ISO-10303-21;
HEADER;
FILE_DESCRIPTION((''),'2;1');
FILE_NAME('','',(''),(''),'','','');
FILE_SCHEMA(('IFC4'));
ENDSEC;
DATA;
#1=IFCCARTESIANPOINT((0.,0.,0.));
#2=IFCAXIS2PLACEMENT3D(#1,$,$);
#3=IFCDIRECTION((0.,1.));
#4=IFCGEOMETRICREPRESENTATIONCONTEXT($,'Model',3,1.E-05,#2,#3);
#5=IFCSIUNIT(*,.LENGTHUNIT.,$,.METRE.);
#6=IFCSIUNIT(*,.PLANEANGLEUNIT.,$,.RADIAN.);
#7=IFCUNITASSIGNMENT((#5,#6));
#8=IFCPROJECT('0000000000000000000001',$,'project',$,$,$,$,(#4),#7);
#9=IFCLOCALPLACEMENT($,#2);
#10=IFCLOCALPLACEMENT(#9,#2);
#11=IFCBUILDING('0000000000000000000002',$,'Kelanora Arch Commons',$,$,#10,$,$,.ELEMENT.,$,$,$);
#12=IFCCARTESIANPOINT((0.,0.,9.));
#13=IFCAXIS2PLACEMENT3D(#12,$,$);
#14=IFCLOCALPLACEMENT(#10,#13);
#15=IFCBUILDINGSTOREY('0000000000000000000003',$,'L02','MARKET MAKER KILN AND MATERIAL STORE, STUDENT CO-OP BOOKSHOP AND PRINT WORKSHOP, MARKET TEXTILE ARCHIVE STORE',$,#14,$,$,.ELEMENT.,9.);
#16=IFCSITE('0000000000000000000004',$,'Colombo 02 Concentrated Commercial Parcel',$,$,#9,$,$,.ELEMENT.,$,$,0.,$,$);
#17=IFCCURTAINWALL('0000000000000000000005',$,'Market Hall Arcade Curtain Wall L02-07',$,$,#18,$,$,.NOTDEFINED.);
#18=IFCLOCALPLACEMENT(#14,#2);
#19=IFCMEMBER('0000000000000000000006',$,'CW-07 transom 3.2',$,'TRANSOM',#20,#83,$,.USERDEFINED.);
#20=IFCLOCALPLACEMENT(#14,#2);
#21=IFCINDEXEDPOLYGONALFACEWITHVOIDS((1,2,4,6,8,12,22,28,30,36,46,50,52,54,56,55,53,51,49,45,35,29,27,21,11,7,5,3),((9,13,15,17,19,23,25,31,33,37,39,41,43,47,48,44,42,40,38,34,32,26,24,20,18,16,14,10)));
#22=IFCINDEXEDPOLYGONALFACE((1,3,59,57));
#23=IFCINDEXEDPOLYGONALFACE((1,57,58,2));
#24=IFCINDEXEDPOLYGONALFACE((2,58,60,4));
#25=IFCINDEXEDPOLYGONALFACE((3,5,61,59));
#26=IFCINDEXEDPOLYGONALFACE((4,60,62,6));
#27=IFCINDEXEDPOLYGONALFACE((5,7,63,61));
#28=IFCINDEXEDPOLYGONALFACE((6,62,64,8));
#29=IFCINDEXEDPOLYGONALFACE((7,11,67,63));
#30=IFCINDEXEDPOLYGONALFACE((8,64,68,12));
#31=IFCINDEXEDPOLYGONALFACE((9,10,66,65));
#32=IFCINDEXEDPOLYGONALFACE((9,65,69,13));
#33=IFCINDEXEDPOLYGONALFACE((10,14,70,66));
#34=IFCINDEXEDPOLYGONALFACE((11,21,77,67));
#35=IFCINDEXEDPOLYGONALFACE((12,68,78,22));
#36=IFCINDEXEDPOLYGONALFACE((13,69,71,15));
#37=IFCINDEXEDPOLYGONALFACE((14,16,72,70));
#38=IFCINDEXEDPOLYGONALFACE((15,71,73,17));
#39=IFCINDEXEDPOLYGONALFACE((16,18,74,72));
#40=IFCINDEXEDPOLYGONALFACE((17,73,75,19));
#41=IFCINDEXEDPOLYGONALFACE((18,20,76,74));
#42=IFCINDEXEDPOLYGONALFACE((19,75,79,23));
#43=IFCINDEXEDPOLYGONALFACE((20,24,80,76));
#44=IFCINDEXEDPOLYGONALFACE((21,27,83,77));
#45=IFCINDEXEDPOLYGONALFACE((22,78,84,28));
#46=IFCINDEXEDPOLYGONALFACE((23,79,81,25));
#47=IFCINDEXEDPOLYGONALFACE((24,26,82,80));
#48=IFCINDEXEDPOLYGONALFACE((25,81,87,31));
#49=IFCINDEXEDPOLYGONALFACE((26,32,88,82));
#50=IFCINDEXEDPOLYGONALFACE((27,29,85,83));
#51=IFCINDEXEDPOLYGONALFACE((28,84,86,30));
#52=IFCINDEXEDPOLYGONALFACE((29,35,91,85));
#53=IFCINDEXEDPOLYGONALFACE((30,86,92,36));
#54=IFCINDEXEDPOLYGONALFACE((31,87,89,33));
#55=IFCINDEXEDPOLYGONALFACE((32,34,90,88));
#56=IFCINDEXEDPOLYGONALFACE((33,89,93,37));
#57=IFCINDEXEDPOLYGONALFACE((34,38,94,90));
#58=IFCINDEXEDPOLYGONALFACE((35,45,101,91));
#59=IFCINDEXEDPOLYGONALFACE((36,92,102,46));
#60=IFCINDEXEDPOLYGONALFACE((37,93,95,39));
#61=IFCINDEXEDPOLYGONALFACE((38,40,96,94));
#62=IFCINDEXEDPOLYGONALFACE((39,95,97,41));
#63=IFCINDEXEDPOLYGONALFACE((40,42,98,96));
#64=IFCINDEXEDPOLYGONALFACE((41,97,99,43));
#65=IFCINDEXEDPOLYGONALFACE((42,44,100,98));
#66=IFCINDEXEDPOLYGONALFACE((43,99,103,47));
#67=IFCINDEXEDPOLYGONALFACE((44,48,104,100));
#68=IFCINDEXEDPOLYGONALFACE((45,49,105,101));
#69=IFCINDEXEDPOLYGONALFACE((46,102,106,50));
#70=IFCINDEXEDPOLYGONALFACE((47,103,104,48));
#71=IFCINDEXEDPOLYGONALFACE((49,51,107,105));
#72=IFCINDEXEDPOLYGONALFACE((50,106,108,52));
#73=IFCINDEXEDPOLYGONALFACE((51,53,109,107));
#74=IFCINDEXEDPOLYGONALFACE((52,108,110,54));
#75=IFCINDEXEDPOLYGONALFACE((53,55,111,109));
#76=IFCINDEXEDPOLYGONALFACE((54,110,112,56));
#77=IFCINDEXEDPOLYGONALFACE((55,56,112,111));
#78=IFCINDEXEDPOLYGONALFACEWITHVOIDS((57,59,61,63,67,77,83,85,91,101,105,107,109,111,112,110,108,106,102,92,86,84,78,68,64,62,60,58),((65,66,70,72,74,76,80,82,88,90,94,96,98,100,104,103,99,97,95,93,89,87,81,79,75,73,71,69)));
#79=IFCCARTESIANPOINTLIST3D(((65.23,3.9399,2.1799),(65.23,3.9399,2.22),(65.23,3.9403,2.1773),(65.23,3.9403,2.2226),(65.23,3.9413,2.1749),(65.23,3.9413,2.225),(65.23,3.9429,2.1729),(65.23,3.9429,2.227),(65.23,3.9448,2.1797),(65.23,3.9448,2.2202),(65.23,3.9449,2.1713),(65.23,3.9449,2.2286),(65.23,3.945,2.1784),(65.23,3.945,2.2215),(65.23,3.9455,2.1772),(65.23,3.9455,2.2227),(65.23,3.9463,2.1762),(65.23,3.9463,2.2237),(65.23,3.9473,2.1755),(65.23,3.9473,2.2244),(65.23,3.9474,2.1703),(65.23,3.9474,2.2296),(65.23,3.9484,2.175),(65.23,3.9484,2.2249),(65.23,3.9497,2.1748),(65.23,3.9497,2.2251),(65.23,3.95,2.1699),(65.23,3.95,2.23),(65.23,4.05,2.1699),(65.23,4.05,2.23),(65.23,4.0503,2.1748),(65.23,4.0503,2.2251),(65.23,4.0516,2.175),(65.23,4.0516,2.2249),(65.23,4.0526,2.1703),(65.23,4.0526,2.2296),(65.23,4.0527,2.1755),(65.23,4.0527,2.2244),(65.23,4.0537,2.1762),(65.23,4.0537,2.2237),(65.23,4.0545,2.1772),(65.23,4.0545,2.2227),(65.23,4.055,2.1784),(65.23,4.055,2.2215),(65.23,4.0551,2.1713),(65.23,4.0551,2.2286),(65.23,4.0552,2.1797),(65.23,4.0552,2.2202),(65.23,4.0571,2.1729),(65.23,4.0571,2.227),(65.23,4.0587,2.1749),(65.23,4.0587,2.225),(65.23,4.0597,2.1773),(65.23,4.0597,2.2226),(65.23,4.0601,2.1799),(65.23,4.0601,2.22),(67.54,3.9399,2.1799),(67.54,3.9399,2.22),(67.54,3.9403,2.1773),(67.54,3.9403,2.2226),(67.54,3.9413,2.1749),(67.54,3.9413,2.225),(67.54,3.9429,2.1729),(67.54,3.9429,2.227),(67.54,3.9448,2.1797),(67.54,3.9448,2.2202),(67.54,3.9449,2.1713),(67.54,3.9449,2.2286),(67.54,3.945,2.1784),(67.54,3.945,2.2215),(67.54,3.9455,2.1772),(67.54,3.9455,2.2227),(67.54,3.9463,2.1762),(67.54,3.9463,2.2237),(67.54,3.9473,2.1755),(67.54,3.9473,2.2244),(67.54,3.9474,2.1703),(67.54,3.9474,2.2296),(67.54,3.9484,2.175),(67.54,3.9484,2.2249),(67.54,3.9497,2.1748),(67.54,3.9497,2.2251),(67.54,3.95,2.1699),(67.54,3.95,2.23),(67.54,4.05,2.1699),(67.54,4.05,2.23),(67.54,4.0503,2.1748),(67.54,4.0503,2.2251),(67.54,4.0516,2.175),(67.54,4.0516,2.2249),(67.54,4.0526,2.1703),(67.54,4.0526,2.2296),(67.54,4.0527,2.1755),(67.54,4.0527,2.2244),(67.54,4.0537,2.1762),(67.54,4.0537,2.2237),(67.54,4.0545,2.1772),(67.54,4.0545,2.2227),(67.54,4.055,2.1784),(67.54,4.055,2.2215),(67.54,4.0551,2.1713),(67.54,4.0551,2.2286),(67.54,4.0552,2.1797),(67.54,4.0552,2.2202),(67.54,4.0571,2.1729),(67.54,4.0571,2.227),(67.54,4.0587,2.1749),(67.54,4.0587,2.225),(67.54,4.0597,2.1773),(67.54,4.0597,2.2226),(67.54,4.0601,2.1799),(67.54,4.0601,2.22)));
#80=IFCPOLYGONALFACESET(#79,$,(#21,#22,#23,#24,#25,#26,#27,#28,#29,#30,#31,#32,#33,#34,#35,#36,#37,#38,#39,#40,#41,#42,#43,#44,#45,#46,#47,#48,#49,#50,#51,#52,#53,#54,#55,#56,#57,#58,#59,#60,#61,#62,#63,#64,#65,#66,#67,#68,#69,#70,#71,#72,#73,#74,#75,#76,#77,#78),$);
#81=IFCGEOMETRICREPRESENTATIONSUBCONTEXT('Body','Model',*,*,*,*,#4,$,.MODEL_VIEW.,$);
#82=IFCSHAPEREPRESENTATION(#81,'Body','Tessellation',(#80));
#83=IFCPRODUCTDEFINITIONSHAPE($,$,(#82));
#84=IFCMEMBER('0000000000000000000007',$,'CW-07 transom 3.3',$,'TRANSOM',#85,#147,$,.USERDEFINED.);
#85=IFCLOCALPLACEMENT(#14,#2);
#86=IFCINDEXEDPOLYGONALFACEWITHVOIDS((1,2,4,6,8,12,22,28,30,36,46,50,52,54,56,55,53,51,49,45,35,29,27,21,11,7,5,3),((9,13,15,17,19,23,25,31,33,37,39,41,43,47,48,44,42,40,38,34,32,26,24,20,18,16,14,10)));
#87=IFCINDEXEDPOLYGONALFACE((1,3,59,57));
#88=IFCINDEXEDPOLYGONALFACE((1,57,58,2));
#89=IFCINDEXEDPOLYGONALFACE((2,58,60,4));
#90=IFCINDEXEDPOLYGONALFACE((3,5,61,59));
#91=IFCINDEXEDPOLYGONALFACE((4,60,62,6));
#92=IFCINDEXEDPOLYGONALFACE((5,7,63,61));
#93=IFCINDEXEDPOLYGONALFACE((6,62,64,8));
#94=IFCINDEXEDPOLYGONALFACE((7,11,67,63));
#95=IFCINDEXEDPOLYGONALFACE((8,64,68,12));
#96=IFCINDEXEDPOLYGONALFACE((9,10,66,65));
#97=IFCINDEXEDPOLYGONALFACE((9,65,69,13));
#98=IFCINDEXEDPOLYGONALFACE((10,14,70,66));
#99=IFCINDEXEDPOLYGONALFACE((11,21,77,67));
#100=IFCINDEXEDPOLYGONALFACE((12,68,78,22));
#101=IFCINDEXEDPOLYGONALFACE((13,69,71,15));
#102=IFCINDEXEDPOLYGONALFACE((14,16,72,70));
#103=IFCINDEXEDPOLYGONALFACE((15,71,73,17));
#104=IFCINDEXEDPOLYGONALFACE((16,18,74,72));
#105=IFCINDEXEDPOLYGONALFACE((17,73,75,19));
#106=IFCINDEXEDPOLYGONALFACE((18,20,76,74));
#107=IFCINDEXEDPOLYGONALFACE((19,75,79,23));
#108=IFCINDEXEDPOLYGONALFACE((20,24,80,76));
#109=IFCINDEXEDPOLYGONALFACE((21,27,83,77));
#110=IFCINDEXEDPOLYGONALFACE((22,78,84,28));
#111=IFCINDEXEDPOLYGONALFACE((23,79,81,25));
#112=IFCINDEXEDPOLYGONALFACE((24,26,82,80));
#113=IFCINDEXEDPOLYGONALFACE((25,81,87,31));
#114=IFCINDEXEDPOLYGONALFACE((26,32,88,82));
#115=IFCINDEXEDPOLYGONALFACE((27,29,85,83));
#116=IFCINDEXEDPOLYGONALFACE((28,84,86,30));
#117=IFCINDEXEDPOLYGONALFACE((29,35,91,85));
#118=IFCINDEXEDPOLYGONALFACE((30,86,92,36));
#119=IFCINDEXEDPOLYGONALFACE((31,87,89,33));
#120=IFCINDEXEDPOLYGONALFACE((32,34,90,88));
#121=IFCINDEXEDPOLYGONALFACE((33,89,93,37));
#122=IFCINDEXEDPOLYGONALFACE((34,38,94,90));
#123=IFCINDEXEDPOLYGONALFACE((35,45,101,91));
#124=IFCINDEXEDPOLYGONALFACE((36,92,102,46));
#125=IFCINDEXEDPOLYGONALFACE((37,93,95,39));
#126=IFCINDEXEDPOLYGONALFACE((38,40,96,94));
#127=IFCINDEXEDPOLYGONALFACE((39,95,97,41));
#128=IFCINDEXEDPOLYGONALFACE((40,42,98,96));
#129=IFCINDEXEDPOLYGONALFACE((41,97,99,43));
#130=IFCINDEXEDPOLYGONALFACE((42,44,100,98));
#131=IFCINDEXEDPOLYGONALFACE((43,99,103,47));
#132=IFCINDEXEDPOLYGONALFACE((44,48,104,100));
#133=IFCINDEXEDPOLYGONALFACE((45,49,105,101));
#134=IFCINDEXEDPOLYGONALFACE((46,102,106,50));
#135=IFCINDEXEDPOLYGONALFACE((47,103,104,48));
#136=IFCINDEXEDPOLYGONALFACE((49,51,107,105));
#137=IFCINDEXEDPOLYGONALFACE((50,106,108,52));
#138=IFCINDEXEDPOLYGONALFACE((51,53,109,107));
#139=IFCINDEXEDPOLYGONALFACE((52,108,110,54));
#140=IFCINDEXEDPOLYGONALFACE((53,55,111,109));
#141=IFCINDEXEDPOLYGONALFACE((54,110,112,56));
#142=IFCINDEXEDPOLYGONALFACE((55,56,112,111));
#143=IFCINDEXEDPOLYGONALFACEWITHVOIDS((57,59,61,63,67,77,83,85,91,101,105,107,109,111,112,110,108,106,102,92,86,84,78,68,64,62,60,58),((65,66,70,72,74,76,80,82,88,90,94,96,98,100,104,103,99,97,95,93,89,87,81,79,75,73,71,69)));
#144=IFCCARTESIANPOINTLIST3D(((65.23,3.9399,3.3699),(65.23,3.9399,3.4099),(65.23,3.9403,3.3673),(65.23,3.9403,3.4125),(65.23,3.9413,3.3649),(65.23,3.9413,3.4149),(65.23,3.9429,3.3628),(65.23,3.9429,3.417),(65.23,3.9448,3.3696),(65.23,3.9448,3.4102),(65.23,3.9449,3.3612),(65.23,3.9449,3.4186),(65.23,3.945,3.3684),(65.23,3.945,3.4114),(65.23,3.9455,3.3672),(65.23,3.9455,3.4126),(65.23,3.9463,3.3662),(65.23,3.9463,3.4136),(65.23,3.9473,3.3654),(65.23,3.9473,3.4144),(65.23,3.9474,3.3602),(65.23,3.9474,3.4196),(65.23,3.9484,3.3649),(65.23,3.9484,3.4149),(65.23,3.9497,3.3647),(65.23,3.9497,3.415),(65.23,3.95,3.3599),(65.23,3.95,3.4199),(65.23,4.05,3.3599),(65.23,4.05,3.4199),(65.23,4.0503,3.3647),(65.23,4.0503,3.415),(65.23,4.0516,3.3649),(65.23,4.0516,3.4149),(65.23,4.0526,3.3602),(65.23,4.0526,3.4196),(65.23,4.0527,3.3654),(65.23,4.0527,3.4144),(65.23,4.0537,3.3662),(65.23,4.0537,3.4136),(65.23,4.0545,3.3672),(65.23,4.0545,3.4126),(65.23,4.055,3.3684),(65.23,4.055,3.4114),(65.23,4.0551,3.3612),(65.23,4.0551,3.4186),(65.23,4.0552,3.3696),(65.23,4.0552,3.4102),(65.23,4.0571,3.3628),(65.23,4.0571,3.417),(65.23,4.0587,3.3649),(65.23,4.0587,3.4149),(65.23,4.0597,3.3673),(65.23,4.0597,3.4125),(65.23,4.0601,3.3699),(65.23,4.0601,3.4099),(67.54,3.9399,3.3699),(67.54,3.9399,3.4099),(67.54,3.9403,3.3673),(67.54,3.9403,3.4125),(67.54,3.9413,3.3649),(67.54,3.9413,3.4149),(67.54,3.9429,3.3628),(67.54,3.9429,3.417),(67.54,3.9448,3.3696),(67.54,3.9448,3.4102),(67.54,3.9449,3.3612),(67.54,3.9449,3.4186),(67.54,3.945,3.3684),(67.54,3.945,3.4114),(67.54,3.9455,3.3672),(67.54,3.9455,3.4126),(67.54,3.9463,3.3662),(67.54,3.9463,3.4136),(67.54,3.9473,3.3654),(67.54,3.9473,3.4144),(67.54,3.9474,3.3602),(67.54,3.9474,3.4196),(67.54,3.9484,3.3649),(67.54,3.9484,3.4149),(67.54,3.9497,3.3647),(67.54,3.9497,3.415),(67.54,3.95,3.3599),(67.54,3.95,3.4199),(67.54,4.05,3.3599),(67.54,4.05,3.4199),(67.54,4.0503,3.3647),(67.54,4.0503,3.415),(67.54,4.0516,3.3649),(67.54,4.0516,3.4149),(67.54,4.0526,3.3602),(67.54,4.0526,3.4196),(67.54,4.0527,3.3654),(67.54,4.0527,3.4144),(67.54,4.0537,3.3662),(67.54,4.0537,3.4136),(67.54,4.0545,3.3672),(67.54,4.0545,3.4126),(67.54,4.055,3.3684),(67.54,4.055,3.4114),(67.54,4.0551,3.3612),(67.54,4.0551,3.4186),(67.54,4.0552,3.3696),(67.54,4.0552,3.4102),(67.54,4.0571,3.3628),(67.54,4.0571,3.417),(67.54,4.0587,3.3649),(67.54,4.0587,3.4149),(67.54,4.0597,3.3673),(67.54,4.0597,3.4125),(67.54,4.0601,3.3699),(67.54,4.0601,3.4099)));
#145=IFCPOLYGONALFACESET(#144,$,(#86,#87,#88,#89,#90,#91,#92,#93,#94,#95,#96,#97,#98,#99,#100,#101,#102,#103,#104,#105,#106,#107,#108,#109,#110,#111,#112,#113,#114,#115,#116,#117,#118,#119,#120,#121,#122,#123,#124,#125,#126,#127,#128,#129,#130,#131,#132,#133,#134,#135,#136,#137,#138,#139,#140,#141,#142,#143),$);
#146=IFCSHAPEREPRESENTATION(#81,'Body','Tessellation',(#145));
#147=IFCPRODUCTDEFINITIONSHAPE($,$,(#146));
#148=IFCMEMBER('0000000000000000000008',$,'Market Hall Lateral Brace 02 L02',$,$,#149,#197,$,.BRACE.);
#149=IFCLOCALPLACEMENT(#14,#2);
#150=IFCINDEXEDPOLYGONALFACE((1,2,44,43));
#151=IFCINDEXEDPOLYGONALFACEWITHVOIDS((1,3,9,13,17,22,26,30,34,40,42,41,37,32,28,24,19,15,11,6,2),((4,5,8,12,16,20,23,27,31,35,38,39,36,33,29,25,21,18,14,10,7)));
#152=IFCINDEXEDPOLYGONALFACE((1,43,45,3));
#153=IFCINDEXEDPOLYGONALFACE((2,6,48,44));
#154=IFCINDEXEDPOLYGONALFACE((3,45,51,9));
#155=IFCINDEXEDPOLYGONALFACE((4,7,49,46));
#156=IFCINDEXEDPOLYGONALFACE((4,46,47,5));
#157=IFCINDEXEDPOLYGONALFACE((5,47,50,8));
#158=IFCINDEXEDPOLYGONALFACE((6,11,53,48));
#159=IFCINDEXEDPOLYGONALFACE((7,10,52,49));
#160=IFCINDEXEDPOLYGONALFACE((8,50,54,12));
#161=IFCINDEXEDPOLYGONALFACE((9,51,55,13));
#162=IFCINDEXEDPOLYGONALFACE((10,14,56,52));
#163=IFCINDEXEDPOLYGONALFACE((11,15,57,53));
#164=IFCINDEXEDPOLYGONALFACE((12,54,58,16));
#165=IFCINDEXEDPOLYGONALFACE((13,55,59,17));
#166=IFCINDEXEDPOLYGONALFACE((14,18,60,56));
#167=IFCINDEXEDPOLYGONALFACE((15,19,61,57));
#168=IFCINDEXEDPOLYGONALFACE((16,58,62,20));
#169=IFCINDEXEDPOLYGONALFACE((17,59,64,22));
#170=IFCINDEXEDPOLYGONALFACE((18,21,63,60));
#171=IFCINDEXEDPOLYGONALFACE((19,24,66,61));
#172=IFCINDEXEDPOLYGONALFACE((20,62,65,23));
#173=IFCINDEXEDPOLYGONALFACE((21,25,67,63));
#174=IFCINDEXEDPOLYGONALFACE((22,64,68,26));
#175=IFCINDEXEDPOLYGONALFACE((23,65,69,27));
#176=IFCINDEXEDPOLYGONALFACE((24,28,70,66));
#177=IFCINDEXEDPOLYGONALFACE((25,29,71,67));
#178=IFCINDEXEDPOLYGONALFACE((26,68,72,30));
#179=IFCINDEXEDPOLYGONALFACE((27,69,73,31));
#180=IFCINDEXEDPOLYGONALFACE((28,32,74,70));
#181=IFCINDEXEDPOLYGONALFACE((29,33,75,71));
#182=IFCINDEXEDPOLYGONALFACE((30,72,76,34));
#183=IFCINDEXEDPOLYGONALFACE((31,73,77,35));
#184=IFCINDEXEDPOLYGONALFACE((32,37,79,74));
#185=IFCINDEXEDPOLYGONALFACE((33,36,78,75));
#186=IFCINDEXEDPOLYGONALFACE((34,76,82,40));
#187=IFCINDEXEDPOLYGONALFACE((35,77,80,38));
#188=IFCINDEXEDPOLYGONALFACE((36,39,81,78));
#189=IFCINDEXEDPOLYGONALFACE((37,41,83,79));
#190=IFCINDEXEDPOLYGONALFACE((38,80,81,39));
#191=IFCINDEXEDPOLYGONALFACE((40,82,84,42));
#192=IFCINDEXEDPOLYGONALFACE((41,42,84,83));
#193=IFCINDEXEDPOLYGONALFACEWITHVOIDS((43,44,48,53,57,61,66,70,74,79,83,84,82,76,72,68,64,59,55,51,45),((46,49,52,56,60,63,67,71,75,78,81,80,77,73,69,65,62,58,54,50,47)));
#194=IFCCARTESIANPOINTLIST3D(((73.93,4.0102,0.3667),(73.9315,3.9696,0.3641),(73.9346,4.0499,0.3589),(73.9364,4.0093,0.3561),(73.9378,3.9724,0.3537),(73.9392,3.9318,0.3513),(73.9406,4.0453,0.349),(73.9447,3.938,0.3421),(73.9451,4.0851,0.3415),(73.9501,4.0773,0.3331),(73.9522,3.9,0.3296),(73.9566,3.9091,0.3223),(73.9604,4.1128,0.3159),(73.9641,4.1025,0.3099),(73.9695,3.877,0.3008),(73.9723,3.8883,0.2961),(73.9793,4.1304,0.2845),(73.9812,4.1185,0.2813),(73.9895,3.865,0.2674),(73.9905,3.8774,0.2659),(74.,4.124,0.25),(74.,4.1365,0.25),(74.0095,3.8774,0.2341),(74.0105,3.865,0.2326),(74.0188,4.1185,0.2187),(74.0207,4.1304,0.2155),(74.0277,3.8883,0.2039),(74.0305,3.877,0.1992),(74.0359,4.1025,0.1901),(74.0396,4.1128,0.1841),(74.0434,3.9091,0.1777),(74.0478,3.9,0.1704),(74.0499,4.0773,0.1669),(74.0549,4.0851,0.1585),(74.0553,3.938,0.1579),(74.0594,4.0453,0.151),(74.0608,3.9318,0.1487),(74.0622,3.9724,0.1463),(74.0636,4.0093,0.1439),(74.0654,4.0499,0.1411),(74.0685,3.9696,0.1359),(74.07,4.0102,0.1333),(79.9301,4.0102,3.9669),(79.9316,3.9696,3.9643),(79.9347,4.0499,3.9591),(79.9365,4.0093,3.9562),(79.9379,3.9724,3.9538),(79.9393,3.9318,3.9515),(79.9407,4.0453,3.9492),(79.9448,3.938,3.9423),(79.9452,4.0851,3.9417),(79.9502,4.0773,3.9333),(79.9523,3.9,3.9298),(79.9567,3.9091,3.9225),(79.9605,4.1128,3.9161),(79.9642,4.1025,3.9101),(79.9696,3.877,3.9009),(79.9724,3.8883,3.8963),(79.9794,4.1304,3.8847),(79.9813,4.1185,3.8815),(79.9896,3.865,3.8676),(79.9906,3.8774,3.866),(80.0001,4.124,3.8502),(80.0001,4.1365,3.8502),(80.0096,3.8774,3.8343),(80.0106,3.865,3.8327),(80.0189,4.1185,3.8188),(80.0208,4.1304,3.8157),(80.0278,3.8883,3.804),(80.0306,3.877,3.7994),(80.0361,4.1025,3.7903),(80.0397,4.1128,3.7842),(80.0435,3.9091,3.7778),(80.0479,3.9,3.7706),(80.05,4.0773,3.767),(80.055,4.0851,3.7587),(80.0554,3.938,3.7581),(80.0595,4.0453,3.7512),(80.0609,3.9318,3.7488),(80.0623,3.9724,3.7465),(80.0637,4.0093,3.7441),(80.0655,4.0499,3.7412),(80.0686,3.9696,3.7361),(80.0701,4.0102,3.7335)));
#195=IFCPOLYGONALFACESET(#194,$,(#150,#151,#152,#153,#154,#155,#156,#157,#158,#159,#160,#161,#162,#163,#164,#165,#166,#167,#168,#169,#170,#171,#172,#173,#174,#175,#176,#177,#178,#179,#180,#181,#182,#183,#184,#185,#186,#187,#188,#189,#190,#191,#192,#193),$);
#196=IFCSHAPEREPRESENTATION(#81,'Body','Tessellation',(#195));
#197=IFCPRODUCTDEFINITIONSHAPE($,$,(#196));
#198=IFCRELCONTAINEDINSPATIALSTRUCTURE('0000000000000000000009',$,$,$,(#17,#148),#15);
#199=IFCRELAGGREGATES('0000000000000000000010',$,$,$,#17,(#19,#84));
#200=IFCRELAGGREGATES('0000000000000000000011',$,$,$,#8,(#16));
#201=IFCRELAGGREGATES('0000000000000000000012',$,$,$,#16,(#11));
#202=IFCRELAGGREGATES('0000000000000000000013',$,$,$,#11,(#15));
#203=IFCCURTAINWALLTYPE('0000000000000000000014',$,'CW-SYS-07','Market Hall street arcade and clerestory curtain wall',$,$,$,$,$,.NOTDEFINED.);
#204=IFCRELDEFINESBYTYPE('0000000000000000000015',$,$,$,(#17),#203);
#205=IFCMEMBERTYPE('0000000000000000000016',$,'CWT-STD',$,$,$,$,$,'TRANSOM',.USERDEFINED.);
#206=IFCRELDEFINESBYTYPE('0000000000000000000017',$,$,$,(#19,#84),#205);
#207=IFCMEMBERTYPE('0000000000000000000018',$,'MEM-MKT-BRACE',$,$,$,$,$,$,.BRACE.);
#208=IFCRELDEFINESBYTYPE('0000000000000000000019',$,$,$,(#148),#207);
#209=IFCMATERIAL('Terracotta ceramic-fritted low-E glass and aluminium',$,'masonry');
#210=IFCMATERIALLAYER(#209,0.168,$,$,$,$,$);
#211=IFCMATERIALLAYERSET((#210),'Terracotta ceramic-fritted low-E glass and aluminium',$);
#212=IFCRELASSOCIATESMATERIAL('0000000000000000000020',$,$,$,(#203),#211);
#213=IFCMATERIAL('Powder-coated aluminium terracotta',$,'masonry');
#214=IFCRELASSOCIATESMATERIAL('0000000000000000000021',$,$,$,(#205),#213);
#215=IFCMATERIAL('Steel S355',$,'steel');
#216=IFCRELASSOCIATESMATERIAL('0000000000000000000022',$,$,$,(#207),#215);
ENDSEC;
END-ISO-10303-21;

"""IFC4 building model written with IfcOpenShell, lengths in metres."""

from ifc_helpers import new_model, si_unit, direction, frame, origin, origin_2d, place, context, subcontext, project, spatial, hollow_rectangle, hollow_circle, extrude, material, layer, layer_set, material_profile, profile_set, type_object, element, aggregate, save


model = new_model("IFC4")

# Units and contexts
model_context = context("Model", 3, precision=1e-05, world=origin(), true_north=direction((0.0, 1.0)))
body_context = subcontext(model_context, "Body", "Model", "MODEL_VIEW")
ifc_project = project(units=[si_unit("LENGTHUNIT", "METRE"), si_unit("PLANEANGLEUNIT", "RADIAN")], contexts=[model_context])

# Site, building, storey
site_placement = place(None, origin())
site = spatial("IfcSite", under=ifc_project, at=site_placement, Name="Colombo 02 Concentrated Commercial Parcel", CompositionType="ELEMENT", RefElevation=0.0)
building_placement = place(site_placement, origin())
building = spatial("IfcBuilding", under=site, at=building_placement, Name="Kelanora Arch Commons", CompositionType="ELEMENT")
storey_placement = place(building_placement, frame((0.0, 0.0, 9.0)))
storey = spatial("IfcBuildingStorey", under=building, at=storey_placement, Name="L02", Description="MARKET MAKER KILN AND MATERIAL STORE, STUDENT CO-OP BOOKSHOP AND PRINT WORKSHOP, MARKET TEXTILE ARCHIVE STORE", CompositionType="ELEMENT", Elevation=9.0)

# Curtain wall, members
ifc_material_1 = material(Name="Terracotta ceramic-fritted low-E glass and aluminium", Category="masonry")
ifc_layer_1 = layer(ifc_material_1, 0.168)
ifc_layer_set_1 = layer_set([ifc_layer_1], Name="Terracotta ceramic-fritted low-E glass and aluminium")
curtain_wall_type = type_object("IfcCurtainWallType", Name="CW-SYS-07", Description="Market Hall street arcade and clerestory curtain wall", PredefinedType="NOTDEFINED", material=ifc_layer_set_1)
curtain_wall_placement = place(storey_placement, origin())
curtain_wall = element("IfcCurtainWall", 1, at=curtain_wall_placement, inside=storey, type_object=curtain_wall_type, Name="Market Hall Arcade Curtain Wall L02-07", PredefinedType="NOTDEFINED")
ifc_material_2 = material(Name="Powder-coated aluminium terracotta", Category="masonry")
ifc_material_profile_1 = material_profile(ifc_material_2, hollow_rectangle(XDim=0.1201, YDim=0.0601, WallThickness=0.0049, InnerFilletRadius=0.0049, OuterFilletRadius=0.01, at=origin_2d()), Name="CWT120x60")
ifc_profile_set_1 = profile_set([ifc_material_profile_1], Name="Powder-coated aluminium terracotta")
member_type_1 = type_object("IfcMemberType", Name="CWT-STD", ElementType="TRANSOM", PredefinedType="USERDEFINED", material=ifc_profile_set_1)
member_1_placement = place(storey_placement, frame((65.23, 4.0, 2.2), z_axis=(1.0, 0.0, 0.0), x_axis=(0.0, 1.0, 0.0)))
member_1 = element("IfcMember", 2, at=member_1_placement, type_object=member_type_1, Name="CW-07 transom 3.2", ObjectType="TRANSOM", PredefinedType="USERDEFINED", context=body_context, shape_type="SweptSolid", body=[
    extrude(hollow_rectangle(XDim=0.1201, YDim=0.0601, WallThickness=0.0049, InnerFilletRadius=0.0049, OuterFilletRadius=0.01, at=origin_2d()), origin(), (0.0, 0.0, 1.0), 2.3101),
])
member_2_placement = place(storey_placement, frame((65.23, 4.0, 3.3899), z_axis=(1.0, 0.0, 0.0), x_axis=(0.0, 1.0, 0.0)))
member_2 = element("IfcMember", 3, at=member_2_placement, type_object=member_type_1, Name="CW-07 transom 3.3", ObjectType="TRANSOM", PredefinedType="USERDEFINED", context=body_context, shape_type="SweptSolid", body=[
    extrude(hollow_rectangle(XDim=0.1201, YDim=0.0601, WallThickness=0.0049, InnerFilletRadius=0.0049, OuterFilletRadius=0.01, at=origin_2d()), origin(), (0.0, 0.0, 1.0), 2.3101),
])

# Member
ifc_material_3 = material(Name="Steel S355", Category="steel")
ifc_material_profile_2 = material_profile(ifc_material_3, hollow_circle(Radius=0.1365, WallThickness=0.0125, at=origin_2d()), Name="CHS273x12.5")
ifc_profile_set_2 = profile_set([ifc_material_profile_2], Name="Steel S355")
member_type_2 = type_object("IfcMemberType", Name="MEM-MKT-BRACE", PredefinedType="BRACE", material=ifc_profile_set_2)
member_3_placement = place(storey_placement, frame((74.0, 4.0, 0.25), z_axis=(0.857487, 0.0, 0.514506), x_axis=(0.0, 1.0, 0.0)))
element("IfcMember", 4, at=member_3_placement, inside=storey, type_object=member_type_2, Name="Market Hall Lateral Brace 02 L02", PredefinedType="BRACE", context=body_context, shape_type="SweptSolid", body=[
    extrude(hollow_circle(Radius=0.1365, WallThickness=0.0125, at=origin_2d()), origin(), (0.0, 0.0, 1.0), 6.9973),
])

aggregate(curtain_wall, [member_1, member_2])

save(model, "model.ifc")
